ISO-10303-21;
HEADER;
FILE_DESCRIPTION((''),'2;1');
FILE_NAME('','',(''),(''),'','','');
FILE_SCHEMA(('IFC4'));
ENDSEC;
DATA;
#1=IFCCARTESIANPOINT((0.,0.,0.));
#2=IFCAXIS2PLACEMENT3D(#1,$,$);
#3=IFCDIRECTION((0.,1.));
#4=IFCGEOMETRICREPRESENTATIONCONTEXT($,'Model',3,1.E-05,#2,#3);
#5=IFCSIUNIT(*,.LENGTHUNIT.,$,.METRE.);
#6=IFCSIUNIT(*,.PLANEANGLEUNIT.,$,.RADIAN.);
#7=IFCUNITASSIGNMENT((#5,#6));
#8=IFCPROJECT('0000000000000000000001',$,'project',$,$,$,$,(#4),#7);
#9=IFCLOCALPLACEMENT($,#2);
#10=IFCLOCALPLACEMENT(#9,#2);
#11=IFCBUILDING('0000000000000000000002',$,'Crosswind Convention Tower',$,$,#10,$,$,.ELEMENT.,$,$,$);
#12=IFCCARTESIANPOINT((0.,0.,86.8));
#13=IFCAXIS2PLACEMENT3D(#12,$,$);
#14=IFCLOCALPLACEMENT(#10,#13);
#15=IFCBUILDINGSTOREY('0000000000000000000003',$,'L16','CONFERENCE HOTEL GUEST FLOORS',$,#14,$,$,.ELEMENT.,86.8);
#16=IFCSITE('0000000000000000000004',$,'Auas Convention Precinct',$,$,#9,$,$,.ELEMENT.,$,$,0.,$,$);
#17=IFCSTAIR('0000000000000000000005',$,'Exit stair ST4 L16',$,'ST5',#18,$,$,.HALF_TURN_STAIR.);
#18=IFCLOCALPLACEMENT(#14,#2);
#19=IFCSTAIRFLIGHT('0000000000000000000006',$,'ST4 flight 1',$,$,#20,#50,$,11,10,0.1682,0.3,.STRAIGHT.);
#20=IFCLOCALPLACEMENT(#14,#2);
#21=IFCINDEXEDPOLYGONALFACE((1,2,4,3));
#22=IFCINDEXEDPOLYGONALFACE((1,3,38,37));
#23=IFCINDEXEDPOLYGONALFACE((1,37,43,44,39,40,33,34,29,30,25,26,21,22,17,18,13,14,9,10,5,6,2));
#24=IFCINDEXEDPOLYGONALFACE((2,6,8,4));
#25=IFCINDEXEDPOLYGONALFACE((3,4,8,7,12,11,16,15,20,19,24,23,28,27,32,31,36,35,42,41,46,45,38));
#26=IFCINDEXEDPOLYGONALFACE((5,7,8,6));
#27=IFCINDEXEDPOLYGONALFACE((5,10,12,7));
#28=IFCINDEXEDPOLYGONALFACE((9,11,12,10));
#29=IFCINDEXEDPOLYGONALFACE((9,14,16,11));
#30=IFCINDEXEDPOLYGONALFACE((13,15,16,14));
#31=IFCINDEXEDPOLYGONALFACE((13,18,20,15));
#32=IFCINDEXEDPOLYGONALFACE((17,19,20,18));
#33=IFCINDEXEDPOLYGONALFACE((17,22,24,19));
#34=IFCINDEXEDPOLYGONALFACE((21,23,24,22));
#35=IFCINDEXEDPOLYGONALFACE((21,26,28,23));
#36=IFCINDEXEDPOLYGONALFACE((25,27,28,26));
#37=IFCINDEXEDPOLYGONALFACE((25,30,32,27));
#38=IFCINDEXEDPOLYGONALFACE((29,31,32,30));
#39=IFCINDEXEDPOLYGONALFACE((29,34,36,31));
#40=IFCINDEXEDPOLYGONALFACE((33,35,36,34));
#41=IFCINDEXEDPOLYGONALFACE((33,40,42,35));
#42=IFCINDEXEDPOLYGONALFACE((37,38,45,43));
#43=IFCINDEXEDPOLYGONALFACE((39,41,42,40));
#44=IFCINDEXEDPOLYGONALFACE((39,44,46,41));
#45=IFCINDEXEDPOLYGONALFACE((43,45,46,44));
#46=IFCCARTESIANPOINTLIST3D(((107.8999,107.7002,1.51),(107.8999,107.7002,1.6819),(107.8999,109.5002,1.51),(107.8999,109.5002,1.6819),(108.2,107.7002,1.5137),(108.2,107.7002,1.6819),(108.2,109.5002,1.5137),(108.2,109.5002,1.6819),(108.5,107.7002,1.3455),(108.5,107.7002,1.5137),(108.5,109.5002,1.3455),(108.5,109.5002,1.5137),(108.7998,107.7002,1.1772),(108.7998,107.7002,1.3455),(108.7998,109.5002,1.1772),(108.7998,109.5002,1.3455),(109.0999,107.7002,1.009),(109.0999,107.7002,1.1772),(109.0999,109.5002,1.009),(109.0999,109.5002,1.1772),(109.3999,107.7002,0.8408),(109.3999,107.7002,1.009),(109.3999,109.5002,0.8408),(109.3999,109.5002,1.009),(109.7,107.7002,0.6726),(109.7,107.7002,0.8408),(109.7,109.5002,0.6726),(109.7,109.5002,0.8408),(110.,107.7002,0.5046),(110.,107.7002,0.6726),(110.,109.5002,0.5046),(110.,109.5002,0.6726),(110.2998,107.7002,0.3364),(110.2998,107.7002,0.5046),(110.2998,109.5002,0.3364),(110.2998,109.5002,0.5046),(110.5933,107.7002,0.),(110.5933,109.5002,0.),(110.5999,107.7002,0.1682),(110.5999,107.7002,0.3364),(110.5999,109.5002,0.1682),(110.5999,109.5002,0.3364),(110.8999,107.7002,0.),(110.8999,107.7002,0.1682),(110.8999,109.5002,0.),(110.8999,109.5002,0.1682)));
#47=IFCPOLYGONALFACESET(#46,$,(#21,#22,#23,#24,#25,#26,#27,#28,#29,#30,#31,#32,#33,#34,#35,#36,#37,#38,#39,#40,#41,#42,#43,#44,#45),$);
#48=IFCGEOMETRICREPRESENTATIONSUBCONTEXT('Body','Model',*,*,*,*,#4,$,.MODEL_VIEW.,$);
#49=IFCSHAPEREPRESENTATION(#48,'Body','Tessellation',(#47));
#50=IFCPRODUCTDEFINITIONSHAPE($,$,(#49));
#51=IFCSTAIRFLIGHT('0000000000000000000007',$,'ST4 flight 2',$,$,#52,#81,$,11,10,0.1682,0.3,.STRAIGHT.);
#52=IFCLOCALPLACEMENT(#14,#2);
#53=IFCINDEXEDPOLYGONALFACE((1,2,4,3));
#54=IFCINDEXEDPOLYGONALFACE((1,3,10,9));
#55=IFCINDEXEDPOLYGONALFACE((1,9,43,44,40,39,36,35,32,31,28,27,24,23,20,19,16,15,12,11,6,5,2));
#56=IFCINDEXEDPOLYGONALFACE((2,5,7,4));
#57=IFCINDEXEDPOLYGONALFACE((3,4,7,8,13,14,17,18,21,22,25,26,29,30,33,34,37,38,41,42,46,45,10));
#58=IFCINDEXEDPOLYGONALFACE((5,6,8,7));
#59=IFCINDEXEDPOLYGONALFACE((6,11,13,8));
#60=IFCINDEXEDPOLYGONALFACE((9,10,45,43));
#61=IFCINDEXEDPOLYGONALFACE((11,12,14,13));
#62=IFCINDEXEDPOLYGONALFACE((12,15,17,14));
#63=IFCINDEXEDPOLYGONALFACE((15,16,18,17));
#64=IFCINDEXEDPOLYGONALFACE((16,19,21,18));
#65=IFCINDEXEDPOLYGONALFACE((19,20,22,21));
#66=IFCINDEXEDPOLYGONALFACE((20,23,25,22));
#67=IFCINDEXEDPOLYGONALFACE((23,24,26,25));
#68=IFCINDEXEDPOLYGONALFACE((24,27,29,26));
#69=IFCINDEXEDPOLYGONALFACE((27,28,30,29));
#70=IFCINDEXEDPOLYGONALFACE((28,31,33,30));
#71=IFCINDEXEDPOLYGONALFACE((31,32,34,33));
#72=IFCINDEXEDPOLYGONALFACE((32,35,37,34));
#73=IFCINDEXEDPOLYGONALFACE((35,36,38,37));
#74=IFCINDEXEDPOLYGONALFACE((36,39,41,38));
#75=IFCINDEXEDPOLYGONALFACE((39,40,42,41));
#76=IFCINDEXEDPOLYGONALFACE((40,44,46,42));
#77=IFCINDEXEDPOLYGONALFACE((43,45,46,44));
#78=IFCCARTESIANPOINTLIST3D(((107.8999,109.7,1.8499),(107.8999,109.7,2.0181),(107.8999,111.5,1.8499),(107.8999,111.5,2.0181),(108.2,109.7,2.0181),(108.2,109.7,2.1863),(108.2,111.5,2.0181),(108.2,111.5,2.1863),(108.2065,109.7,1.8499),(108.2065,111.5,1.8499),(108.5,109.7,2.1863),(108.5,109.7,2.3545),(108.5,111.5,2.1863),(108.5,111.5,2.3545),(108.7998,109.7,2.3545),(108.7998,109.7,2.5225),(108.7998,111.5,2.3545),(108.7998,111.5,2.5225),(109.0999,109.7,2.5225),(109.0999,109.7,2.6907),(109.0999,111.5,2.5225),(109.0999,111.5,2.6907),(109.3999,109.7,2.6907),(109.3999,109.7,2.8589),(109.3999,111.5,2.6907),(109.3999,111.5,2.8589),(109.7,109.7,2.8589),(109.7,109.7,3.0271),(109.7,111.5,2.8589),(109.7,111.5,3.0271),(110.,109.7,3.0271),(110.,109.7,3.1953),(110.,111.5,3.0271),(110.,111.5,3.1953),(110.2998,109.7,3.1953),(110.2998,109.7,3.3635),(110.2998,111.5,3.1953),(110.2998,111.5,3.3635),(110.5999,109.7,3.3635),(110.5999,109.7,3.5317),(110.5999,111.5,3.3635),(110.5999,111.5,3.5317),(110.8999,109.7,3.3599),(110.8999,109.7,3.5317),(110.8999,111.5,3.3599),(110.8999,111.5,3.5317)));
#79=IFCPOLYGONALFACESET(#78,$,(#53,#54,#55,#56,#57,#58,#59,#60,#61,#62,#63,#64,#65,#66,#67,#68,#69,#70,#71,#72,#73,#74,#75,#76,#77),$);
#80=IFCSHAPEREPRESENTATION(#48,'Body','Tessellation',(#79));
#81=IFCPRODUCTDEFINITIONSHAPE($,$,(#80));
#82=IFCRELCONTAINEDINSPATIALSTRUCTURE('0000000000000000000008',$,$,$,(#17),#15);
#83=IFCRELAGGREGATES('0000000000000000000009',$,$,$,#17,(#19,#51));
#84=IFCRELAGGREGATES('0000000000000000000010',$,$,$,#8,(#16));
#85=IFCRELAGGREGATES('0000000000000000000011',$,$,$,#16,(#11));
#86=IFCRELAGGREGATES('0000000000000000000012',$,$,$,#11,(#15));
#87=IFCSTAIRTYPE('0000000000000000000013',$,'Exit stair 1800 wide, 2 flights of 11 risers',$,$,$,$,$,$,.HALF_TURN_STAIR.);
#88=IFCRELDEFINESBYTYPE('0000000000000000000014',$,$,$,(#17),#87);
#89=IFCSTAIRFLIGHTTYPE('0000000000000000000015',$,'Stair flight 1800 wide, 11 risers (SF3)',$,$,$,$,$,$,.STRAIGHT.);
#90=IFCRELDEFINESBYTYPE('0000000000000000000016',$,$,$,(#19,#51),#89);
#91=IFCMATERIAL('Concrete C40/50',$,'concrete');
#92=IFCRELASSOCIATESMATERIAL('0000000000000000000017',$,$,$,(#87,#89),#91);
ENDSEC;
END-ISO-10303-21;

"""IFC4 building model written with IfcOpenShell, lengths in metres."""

from ifc_helpers import new_model, si_unit, direction, frame, origin, place, context, subcontext, project, spatial, polyline, outline, extrude, material, type_object, element, aggregate, save


model = new_model("IFC4")

# Units and contexts
model_context = context("Model", 3, precision=1e-05, world=origin(), true_north=direction((0.0, 1.0)))
body_context = subcontext(model_context, "Body", "Model", "MODEL_VIEW")
ifc_project = project(units=[si_unit("LENGTHUNIT", "METRE"), si_unit("PLANEANGLEUNIT", "RADIAN")], contexts=[model_context])

# Site, building, storey
site_placement = place(None, origin())
site = spatial("IfcSite", under=ifc_project, at=site_placement, Name="Auas Convention Precinct", CompositionType="ELEMENT", RefElevation=0.0)
building_placement = place(site_placement, origin())
building = spatial("IfcBuilding", under=site, at=building_placement, Name="Crosswind Convention Tower", CompositionType="ELEMENT")
storey_placement = place(building_placement, frame((0.0, 0.0, 86.8)))
storey = spatial("IfcBuildingStorey", under=building, at=storey_placement, Name="L16", Description="CONFERENCE HOTEL GUEST FLOORS", CompositionType="ELEMENT", Elevation=86.8)

# Stair, stair flights
ifc_material_1 = material(Name="Concrete C40/50", Category="concrete")
stair_type = type_object("IfcStairType", Name="Exit stair 1800 wide, 2 flights of 11 risers", PredefinedType="HALF_TURN_STAIR", material=ifc_material_1)
stair_placement = place(storey_placement, origin())
stair = element("IfcStair", 1, at=stair_placement, inside=storey, type_object=stair_type, Name="Exit stair ST4 L16", ObjectType="ST5", PredefinedType="HALF_TURN_STAIR")
stair_flight_type = type_object("IfcStairFlightType", Name="Stair flight 1800 wide, 11 risers (SF3)", PredefinedType="STRAIGHT", material=ifc_material_1)
stair_flight_1_placement = place(storey_placement, frame((110.8999, 108.6001, 0.0), z_axis=(0.0, 0.0, 1.0), x_axis=(-1.0, 0.0, 0.0)))
stair_flight_1 = element("IfcStairFlight", 2, at=stair_flight_1_placement, type_object=stair_flight_type, Name="ST4 flight 1", NumberOfRisers=11, NumberOfTreads=10, PredefinedType="STRAIGHT", RiserHeight=0.1682, TreadLength=0.3, context=body_context, shape_type="SweptSolid", body=[
    extrude(outline(polyline([(0.0, 0.0), (0.0, 0.1682), (0.3, 0.1682), (0.3, 0.3364), (0.6001, 0.3364), (0.6001, 0.5046), (0.8999, 0.5046), (0.8999, 0.6726), (1.2, 0.6726), (1.2, 0.8408), (1.5, 0.8408), (1.5, 1.009), (1.8, 1.009), (1.8, 1.1772), (2.1001, 1.1772), (2.1001, 1.3455), (2.3999, 1.3455), (2.3999, 1.5137), (2.7, 1.5137), (2.7, 1.6819), (3.0, 1.6819), (3.0, 1.8501), (3.0, 1.51), (0.3066, 0.0), (0.0, 0.0)])), frame((0.0, 0.8999, 0.0), z_axis=(0.0, -1.0, 0.0), x_axis=(1.0, 0.0, 0.0)), (0.0, 0.0, 1.0), 1.8),
])
stair_flight_2_placement = place(storey_placement, frame((107.8999, 110.6001, 1.8499), z_axis=(0.0, 0.0, 1.0), x_axis=(1.0, 0.0, 0.0)))
stair_flight_2 = element("IfcStairFlight", 3, at=stair_flight_2_placement, type_object=stair_flight_type, Name="ST4 flight 2", NumberOfRisers=11, NumberOfTreads=10, PredefinedType="STRAIGHT", RiserHeight=0.1682, TreadLength=0.3, context=body_context, shape_type="SweptSolid", body=[
    extrude(outline(polyline([(0.0, 0.0), (0.0, 0.1682), (0.3, 0.1682), (0.3, 0.3364), (0.6001, 0.3364), (0.6001, 0.5046), (0.8999, 0.5046), (0.8999, 0.6726), (1.2, 0.6726), (1.2, 0.8408), (1.5, 0.8408), (1.5, 1.009), (1.8, 1.009), (1.8, 1.1772), (2.1001, 1.1772), (2.1001, 1.3455), (2.3999, 1.3455), (2.3999, 1.5137), (2.7, 1.5137), (2.7, 1.6819), (3.0, 1.6819), (3.0, 1.8501), (3.0, 1.51), (0.3066, 0.0), (0.0, 0.0)])), frame((0.0, 0.8999, 0.0), z_axis=(0.0, -1.0, 0.0), x_axis=(1.0, 0.0, 0.0)), (0.0, 0.0, 1.0), 1.8),
])
aggregate(stair, [stair_flight_1, stair_flight_2])

save(model, "model.ifc")
